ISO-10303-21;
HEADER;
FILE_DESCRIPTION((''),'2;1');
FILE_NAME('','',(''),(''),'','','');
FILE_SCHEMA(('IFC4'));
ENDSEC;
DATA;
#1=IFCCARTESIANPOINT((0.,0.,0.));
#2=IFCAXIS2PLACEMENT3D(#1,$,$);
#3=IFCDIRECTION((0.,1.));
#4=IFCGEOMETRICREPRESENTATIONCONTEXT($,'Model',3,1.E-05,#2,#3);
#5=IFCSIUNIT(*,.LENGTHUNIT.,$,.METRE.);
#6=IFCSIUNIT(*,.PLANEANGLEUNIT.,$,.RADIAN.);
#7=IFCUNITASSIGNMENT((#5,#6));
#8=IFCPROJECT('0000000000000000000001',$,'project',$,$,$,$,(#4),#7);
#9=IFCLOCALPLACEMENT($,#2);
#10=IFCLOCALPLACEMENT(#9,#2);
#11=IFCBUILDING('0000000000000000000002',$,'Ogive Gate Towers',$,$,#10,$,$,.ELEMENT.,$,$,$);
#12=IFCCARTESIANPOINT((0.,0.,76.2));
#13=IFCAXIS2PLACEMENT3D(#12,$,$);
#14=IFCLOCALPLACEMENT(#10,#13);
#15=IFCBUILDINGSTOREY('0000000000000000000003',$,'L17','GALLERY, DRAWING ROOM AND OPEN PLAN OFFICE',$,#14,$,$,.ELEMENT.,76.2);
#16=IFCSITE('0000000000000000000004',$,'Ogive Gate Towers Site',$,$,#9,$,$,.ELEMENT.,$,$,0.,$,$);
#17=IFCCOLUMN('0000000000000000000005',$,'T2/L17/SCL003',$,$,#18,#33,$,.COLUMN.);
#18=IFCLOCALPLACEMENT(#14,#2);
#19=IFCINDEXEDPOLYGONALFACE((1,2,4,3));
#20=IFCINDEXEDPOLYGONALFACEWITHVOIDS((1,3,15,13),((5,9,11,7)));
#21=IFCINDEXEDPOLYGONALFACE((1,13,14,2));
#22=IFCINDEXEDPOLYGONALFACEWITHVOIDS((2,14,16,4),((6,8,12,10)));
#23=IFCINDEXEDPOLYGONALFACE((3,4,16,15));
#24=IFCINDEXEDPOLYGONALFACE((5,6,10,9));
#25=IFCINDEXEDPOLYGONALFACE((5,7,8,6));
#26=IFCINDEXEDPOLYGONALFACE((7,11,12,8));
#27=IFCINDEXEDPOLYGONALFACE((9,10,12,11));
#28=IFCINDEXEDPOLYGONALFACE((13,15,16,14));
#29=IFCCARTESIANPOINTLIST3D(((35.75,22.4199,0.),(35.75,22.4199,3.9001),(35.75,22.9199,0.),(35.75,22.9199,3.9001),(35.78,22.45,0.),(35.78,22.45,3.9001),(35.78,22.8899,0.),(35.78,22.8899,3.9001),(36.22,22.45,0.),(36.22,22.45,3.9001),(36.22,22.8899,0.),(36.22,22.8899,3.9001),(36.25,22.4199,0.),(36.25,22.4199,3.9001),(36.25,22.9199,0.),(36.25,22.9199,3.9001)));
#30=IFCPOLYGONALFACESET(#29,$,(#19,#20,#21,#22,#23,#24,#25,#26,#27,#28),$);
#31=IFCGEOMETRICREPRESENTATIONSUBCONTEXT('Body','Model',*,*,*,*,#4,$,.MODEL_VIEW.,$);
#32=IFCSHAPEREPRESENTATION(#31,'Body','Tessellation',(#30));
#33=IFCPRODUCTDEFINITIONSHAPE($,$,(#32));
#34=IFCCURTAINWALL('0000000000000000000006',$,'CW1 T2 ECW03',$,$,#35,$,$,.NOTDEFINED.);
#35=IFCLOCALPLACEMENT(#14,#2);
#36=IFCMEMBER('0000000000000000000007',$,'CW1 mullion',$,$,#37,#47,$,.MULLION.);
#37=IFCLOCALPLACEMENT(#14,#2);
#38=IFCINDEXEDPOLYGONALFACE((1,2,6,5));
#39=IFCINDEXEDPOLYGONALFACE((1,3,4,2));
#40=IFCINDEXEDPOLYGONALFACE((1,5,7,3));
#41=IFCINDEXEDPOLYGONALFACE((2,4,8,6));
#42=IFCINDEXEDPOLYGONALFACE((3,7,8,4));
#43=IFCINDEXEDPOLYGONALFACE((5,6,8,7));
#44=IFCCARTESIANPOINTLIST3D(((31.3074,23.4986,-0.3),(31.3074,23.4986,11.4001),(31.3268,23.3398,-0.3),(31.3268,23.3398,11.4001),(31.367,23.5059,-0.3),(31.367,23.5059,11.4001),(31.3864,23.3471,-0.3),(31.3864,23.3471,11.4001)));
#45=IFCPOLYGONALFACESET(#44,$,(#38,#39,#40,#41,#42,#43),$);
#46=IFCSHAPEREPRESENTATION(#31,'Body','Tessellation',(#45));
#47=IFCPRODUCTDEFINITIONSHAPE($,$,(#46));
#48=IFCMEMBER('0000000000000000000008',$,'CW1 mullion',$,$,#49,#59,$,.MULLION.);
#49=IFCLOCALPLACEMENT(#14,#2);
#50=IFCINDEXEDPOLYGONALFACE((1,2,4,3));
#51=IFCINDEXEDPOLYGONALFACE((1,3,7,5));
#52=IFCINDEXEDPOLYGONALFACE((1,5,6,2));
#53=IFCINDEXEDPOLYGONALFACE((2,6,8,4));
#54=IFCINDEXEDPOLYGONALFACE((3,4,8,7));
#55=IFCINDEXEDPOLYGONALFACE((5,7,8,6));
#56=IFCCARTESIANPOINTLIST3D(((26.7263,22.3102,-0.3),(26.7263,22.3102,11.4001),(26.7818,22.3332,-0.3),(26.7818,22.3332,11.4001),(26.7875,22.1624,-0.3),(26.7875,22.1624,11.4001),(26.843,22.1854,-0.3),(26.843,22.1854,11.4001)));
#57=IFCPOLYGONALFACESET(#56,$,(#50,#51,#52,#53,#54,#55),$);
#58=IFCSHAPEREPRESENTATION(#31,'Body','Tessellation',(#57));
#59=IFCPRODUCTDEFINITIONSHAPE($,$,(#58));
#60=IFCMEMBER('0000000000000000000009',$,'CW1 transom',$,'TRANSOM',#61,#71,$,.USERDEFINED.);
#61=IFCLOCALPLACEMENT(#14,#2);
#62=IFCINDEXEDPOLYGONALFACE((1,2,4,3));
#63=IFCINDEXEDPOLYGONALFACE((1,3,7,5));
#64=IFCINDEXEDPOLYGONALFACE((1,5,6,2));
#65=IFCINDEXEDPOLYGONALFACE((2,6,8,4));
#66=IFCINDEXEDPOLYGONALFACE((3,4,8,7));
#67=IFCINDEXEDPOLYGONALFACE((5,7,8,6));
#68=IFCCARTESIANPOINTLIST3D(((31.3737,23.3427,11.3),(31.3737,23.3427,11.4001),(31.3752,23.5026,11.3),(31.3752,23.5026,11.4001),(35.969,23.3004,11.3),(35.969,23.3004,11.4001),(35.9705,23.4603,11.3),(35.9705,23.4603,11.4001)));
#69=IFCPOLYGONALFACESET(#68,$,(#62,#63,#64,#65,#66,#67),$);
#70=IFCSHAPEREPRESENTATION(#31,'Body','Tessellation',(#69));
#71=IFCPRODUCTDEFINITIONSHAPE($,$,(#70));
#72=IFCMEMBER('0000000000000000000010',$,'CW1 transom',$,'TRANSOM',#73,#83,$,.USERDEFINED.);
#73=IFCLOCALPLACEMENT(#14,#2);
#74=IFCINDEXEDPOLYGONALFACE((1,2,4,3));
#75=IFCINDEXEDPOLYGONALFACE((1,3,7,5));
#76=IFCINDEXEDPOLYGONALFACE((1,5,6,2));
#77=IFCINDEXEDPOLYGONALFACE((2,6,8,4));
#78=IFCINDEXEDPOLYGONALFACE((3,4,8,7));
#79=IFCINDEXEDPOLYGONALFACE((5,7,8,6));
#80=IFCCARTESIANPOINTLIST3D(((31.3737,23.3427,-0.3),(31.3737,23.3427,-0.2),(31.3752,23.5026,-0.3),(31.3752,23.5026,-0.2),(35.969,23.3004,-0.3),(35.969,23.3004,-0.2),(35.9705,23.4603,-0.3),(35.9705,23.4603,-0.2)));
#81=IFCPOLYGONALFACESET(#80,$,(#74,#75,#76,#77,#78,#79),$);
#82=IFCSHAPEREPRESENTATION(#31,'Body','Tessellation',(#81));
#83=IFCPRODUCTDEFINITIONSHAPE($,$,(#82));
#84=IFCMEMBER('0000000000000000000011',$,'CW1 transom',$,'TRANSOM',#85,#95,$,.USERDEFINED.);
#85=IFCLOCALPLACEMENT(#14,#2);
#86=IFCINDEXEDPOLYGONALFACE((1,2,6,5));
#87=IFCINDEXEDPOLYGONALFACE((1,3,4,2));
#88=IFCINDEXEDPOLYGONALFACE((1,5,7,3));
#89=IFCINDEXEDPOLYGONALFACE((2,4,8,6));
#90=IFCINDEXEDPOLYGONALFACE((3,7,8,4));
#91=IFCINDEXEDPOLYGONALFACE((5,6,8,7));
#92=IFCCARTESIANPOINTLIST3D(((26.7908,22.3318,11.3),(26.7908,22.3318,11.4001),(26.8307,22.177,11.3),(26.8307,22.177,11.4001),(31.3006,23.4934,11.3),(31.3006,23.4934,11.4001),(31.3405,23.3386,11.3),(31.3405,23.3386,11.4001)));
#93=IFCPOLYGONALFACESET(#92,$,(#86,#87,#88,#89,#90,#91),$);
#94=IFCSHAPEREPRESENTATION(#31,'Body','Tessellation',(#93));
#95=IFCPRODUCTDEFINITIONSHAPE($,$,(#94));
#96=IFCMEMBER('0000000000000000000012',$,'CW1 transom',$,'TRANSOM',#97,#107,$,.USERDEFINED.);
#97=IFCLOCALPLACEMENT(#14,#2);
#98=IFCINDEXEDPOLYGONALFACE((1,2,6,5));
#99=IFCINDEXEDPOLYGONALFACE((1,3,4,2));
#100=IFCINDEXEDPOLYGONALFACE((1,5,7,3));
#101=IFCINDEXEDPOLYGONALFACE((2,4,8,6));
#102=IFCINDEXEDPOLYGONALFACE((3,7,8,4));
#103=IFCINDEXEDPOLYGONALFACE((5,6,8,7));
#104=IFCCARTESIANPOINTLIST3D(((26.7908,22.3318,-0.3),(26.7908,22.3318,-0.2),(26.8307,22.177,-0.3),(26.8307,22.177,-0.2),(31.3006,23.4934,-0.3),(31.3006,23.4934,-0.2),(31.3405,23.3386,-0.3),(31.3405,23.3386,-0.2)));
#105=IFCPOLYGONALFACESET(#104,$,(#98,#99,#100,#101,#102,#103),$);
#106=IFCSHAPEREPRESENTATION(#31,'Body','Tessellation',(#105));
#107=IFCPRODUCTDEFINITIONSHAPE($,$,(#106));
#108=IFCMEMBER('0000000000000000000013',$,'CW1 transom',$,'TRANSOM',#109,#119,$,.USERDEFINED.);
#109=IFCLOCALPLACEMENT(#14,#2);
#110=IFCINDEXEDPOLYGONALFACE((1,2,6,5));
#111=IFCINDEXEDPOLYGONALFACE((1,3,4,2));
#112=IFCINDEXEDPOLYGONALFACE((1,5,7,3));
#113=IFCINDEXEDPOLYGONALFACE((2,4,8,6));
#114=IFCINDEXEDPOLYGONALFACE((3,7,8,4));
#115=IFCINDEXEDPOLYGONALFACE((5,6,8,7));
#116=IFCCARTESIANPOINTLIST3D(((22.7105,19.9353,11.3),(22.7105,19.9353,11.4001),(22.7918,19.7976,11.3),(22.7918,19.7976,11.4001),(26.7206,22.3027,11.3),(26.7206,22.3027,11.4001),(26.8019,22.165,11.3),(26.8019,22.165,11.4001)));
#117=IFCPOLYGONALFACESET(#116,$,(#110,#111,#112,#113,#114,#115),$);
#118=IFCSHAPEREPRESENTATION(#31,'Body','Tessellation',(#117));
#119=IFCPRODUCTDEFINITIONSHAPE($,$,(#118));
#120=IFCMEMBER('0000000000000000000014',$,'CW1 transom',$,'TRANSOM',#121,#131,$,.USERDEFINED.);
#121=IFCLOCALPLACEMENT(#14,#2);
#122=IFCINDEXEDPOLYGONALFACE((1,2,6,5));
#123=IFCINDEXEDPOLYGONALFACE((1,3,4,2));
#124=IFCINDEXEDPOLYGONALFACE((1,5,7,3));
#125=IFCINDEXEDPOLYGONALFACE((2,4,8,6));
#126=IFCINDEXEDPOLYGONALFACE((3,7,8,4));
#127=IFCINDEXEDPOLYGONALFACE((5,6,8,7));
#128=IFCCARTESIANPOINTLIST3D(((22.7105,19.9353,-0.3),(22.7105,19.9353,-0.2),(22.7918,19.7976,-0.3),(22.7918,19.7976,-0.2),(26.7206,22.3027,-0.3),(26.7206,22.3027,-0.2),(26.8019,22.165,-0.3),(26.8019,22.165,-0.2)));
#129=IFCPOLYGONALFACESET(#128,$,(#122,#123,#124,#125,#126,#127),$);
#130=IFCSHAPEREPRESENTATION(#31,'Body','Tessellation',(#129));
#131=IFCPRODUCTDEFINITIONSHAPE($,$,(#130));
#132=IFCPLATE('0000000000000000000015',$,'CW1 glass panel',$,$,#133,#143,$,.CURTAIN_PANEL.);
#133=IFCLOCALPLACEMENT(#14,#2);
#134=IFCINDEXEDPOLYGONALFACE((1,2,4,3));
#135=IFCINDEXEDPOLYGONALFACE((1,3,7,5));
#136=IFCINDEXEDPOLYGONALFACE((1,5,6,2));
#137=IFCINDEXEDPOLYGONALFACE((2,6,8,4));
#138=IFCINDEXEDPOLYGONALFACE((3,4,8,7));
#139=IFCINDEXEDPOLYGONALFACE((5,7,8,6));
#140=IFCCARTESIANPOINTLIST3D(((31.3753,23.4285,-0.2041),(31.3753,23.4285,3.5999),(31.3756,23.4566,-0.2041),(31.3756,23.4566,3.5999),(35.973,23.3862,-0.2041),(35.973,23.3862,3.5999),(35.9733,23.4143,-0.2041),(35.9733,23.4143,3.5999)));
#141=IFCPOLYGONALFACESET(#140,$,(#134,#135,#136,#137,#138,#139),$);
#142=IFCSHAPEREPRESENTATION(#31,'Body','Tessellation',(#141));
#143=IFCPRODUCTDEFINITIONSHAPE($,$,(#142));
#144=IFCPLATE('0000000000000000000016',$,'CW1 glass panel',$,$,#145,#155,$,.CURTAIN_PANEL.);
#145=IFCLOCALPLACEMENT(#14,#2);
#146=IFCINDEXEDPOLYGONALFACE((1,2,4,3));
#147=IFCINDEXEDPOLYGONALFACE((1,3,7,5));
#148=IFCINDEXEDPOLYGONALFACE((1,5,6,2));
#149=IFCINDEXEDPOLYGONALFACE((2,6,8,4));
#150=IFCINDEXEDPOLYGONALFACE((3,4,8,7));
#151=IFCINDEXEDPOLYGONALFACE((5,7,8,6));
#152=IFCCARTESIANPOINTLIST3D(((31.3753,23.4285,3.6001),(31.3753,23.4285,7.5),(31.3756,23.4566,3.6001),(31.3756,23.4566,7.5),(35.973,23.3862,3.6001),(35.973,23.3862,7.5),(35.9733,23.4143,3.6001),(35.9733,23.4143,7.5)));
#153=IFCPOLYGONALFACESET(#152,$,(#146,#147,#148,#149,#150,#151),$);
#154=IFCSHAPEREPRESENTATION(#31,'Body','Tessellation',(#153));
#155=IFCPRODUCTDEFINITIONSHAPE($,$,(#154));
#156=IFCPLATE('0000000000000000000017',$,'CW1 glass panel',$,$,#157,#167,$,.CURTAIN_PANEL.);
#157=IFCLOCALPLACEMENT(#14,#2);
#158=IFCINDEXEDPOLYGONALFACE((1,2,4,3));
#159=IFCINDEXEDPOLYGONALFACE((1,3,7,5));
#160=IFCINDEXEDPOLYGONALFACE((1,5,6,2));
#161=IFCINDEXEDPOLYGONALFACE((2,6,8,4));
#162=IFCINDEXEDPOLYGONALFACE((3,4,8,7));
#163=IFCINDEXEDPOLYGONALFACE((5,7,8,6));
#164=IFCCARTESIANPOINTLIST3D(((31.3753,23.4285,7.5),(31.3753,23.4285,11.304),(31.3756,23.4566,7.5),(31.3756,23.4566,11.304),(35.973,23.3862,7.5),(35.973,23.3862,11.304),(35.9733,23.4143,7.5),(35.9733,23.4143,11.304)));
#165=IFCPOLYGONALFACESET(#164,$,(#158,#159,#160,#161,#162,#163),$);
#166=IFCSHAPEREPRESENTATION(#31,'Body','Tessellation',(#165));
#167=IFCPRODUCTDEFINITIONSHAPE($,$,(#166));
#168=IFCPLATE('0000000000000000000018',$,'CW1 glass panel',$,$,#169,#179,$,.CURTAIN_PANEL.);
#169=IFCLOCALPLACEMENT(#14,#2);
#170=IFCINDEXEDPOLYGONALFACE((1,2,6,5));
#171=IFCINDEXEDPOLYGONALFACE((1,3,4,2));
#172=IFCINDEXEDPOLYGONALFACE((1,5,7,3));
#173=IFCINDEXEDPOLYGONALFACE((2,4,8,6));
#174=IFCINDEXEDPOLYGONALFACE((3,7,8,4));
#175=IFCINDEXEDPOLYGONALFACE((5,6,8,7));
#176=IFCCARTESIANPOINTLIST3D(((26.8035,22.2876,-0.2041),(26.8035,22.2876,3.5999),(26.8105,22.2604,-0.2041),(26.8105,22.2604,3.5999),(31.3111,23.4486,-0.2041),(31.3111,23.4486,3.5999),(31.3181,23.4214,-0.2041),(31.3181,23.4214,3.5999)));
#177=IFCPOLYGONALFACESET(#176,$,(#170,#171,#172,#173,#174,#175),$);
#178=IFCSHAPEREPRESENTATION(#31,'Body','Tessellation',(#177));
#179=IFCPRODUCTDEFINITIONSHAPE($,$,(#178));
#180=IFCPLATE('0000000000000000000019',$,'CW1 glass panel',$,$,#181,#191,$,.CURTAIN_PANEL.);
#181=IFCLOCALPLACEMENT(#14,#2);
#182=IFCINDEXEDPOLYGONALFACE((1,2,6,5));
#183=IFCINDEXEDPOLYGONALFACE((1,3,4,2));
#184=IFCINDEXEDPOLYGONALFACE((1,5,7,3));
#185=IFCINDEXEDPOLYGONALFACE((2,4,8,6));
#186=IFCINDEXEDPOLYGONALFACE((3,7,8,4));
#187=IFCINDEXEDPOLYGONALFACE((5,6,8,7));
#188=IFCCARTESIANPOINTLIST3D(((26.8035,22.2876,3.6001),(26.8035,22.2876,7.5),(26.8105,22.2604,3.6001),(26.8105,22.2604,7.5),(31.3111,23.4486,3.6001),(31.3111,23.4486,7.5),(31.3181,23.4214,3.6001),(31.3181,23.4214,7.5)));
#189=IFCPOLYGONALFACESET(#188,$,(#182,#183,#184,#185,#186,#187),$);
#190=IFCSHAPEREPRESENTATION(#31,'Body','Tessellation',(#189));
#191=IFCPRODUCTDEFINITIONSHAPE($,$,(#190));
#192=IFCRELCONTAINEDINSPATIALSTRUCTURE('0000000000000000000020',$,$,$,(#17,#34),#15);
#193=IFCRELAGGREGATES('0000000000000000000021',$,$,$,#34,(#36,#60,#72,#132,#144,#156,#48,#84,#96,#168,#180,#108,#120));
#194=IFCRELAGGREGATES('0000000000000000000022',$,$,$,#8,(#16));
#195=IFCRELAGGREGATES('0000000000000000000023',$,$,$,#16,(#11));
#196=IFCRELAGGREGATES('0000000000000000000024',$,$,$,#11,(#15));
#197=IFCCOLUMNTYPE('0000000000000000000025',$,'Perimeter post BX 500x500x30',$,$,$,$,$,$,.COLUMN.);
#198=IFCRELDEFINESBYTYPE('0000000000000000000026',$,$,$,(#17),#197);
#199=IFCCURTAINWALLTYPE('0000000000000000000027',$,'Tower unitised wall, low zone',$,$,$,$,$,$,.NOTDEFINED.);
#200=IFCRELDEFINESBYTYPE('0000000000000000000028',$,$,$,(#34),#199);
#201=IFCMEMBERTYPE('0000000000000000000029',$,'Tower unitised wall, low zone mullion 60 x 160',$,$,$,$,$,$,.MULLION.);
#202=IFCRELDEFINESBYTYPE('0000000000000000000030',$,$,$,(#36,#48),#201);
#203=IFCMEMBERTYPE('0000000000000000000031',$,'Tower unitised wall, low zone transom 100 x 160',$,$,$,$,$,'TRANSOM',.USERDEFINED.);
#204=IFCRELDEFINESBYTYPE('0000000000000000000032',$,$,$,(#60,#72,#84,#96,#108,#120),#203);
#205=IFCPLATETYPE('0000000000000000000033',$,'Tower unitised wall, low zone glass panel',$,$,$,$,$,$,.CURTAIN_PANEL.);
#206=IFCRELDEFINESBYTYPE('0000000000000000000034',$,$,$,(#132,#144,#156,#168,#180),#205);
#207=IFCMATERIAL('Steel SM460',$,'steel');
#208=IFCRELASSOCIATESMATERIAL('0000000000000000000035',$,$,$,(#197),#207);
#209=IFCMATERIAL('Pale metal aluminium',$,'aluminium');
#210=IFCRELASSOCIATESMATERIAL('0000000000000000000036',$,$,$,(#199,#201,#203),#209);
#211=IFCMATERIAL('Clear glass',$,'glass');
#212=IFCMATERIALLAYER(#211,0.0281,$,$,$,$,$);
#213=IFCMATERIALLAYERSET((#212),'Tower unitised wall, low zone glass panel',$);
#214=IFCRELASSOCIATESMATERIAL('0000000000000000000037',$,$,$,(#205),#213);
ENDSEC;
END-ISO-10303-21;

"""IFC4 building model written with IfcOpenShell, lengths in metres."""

from ifc_helpers import new_model, si_unit, direction, frame, origin, origin_2d, place, context, subcontext, project, spatial, rectangle, hollow_rectangle, extrude, material, layer, layer_set, material_profile, profile_set, type_object, element, aggregate, save


model = new_model("IFC4")

# Units and contexts
model_context = context("Model", 3, precision=1e-05, world=origin(), true_north=direction((0.0, 1.0)))
body_context = subcontext(model_context, "Body", "Model", "MODEL_VIEW")
ifc_project = project(units=[si_unit("LENGTHUNIT", "METRE"), si_unit("PLANEANGLEUNIT", "RADIAN")], contexts=[model_context])

# Site, building, storey
site_placement = place(None, origin())
site = spatial("IfcSite", under=ifc_project, at=site_placement, Name="Ogive Gate Towers Site", CompositionType="ELEMENT", RefElevation=0.0)
building_placement = place(site_placement, origin())
building = spatial("IfcBuilding", under=site, at=building_placement, Name="Ogive Gate Towers", CompositionType="ELEMENT")
storey_placement = place(building_placement, frame((0.0, 0.0, 76.2)))
storey = spatial("IfcBuildingStorey", under=building, at=storey_placement, Name="L17", Description="GALLERY, DRAWING ROOM AND OPEN PLAN OFFICE", CompositionType="ELEMENT", Elevation=76.2)

# Column
ifc_material_1 = material(Name="Steel SM460", Category="steel")
ifc_material_profile_1 = material_profile(ifc_material_1, hollow_rectangle(XDim=0.5, YDim=0.5, WallThickness=0.03, at=origin_2d()), Name="BX 500x500x30")
ifc_profile_set_1 = profile_set([ifc_material_profile_1], Name="Steel SM460")
column_type = type_object("IfcColumnType", Name="Perimeter post BX 500x500x30", PredefinedType="COLUMN", material=ifc_profile_set_1)
column_placement = place(storey_placement, frame((36.0, 22.6699, 0.0), z_axis=(0.0, 0.0, 1.0), x_axis=(1.0, 0.0, 0.0)))
element("IfcColumn", 1, at=column_placement, inside=storey, type_object=column_type, Name="T2/L17/SCL003", PredefinedType="COLUMN", context=body_context, shape_type="SweptSolid", body=[
    extrude(hollow_rectangle(XDim=0.5, YDim=0.5, WallThickness=0.03, at=origin_2d()), origin(), (0.0, 0.0, 1.0), 3.9001),
])

# Curtain wall, members, plates
ifc_material_2 = material(Name="Pale metal aluminium", Category="aluminium")
curtain_wall_type = type_object("IfcCurtainWallType", Name="Tower unitised wall, low zone", PredefinedType="NOTDEFINED", material=ifc_material_2)
curtain_wall_placement = place(storey_placement, origin())
curtain_wall = element("IfcCurtainWall", 2, at=curtain_wall_placement, inside=storey, type_object=curtain_wall_type, Name="CW1 T2 ECW03", PredefinedType="NOTDEFINED")
ifc_material_profile_2 = material_profile(ifc_material_2, rectangle(XDim=0.1599, YDim=0.0601, at=origin_2d()), Name="60 x 160 aluminium box")
ifc_profile_set_2 = profile_set([ifc_material_profile_2], Name="Pale metal aluminium")
member_type_1 = type_object("IfcMemberType", Name="Tower unitised wall, low zone mullion 60 x 160", PredefinedType="MULLION", material=ifc_profile_set_2)
member_1_placement = place(storey_placement, frame((31.3469, 23.4229, -0.3), z_axis=(0.0, 0.0, 1.0), x_axis=(-0.121142, 0.992635, 0.0)))
member_1 = element("IfcMember", 3, at=member_1_placement, type_object=member_type_1, Name="CW1 mullion", PredefinedType="MULLION", context=body_context, shape_type="SweptSolid", body=[
    extrude(rectangle(XDim=0.1599, YDim=0.0601, at=origin_2d()), origin(), (0.0, 0.0, 1.0), 11.7002),
])
member_2_placement = place(storey_placement, frame((26.7847, 22.2478, -0.3), z_axis=(0.0, 0.0, 1.0), x_axis=(-0.382683, 0.92388, 0.0)))
member_2 = element("IfcMember", 4, at=member_2_placement, type_object=member_type_1, Name="CW1 mullion", PredefinedType="MULLION", context=body_context, shape_type="SweptSolid", body=[
    extrude(rectangle(XDim=0.1599, YDim=0.0601, at=origin_2d()), origin(), (0.0, 0.0, 1.0), 11.7002),
])
ifc_material_profile_3 = material_profile(ifc_material_2, rectangle(XDim=0.1599, YDim=0.1001, at=origin_2d()), Name="100 x 160 aluminium box")
ifc_profile_set_3 = profile_set([ifc_material_profile_3], Name="Pale metal aluminium")
member_type_2 = type_object("IfcMemberType", Name="Tower unitised wall, low zone transom 100 x 160", ElementType="TRANSOM", PredefinedType="USERDEFINED", material=ifc_profile_set_3)
member_3_placement = place(storey_placement, frame((35.9697, 23.3804, 11.3501), z_axis=(-0.999958, 0.009191, 0.0), x_axis=(-0.009191, -0.999958, 0.0)))
member_3 = element("IfcMember", 5, at=member_3_placement, type_object=member_type_2, Name="CW1 transom", ObjectType="TRANSOM", PredefinedType="USERDEFINED", context=body_context, shape_type="SweptSolid", body=[
    extrude(rectangle(XDim=0.1599, YDim=0.1001, at=origin_2d()), origin(), (0.0, 0.0, 1.0), 4.5955),
])
member_4_placement = place(storey_placement, frame((35.9697, 23.3804, -0.25), z_axis=(-0.999958, 0.009191, 0.0), x_axis=(-0.009191, -0.999958, 0.0)))
member_4 = element("IfcMember", 6, at=member_4_placement, type_object=member_type_2, Name="CW1 transom", ObjectType="TRANSOM", PredefinedType="USERDEFINED", context=body_context, shape_type="SweptSolid", body=[
    extrude(rectangle(XDim=0.1599, YDim=0.1001, at=origin_2d()), origin(), (0.0, 0.0, 1.0), 4.5955),
])
member_5_placement = place(storey_placement, frame((31.3206, 23.416, 11.3501), z_axis=(-0.968391, -0.249437, 0.0), x_axis=(0.249437, -0.968391, 0.0)))
member_5 = element("IfcMember", 7, at=member_5_placement, type_object=member_type_2, Name="CW1 transom", ObjectType="TRANSOM", PredefinedType="USERDEFINED", context=body_context, shape_type="SweptSolid", body=[
    extrude(rectangle(XDim=0.1599, YDim=0.1001, at=origin_2d()), origin(), (0.0, 0.0, 1.0), 4.657),
])
member_6_placement = place(storey_placement, frame((31.3206, 23.416, -0.25), z_axis=(-0.968391, -0.249437, 0.0), x_axis=(0.249437, -0.968391, 0.0)))
member_6 = element("IfcMember", 8, at=member_6_placement, type_object=member_type_2, Name="CW1 transom", ObjectType="TRANSOM", PredefinedType="USERDEFINED", context=body_context, shape_type="SweptSolid", body=[
    extrude(rectangle(XDim=0.1599, YDim=0.1001, at=origin_2d()), origin(), (0.0, 0.0, 1.0), 4.657),
])
member_7_placement = place(storey_placement, frame((26.7612, 22.2339, 11.3501), z_axis=(-0.861126, -0.508392, 0.0), x_axis=(0.508392, -0.861126, 0.0)))
member_7 = element("IfcMember", 9, at=member_7_placement, type_object=member_type_2, Name="CW1 transom", ObjectType="TRANSOM", PredefinedType="USERDEFINED", context=body_context, shape_type="SweptSolid", body=[
    extrude(rectangle(XDim=0.1599, YDim=0.1001, at=origin_2d()), origin(), (0.0, 0.0, 1.0), 4.6567),
])
member_8_placement = place(storey_placement, frame((26.7612, 22.2339, -0.25), z_axis=(-0.861126, -0.508392, 0.0), x_axis=(0.508392, -0.861126, 0.0)))
member_8 = element("IfcMember", 10, at=member_8_placement, type_object=member_type_2, Name="CW1 transom", ObjectType="TRANSOM", PredefinedType="USERDEFINED", context=body_context, shape_type="SweptSolid", body=[
    extrude(rectangle(XDim=0.1599, YDim=0.1001, at=origin_2d()), origin(), (0.0, 0.0, 1.0), 4.6567),
])
ifc_material_3 = material(Name="Clear glass", Category="glass")
ifc_layer_1 = layer(ifc_material_3, 0.0281)
ifc_layer_set_1 = layer_set([ifc_layer_1], Name="Tower unitised wall, low zone glass panel")
plate_type = type_object("IfcPlateType", Name="Tower unitised wall, low zone glass panel", PredefinedType="CURTAIN_PANEL", material=ifc_layer_set_1)
plate_1_placement = place(storey_placement, frame((33.6743, 23.4214, -0.2041), z_axis=(0.0, 0.0, 1.0), x_axis=(-0.999958, 0.009198, 0.0)))
plate_1 = element("IfcPlate", 11, at=plate_1_placement, type_object=plate_type, Name="CW1 glass panel", PredefinedType="CURTAIN_PANEL", context=body_context, shape_type="SweptSolid", body=[
    extrude(rectangle(XDim=4.5979, YDim=0.0281, at=origin_2d()), origin(), (0.0, 0.0, 1.0), 3.804),
])
plate_2_placement = place(storey_placement, frame((33.6743, 23.4214, 3.6001), z_axis=(0.0, 0.0, 1.0), x_axis=(-0.999958, 0.009198, 0.0)))
plate_2 = element("IfcPlate", 12, at=plate_2_placement, type_object=plate_type, Name="CW1 glass panel", PredefinedType="CURTAIN_PANEL", context=body_context, shape_type="SweptSolid", body=[
    extrude(rectangle(XDim=4.5979, YDim=0.0281, at=origin_2d()), origin(), (0.0, 0.0, 1.0), 3.8999),
])
plate_3_placement = place(storey_placement, frame((33.6743, 23.4214, 7.5), z_axis=(0.0, 0.0, 1.0), x_axis=(-0.999958, 0.009198, 0.0)))
plate_3 = element("IfcPlate", 13, at=plate_3_placement, type_object=plate_type, Name="CW1 glass panel", PredefinedType="CURTAIN_PANEL", context=body_context, shape_type="SweptSolid", body=[
    extrude(rectangle(XDim=4.5979, YDim=0.0281, at=origin_2d()), origin(), (0.0, 0.0, 1.0), 3.804),
])
plate_4_placement = place(storey_placement, frame((29.0608, 22.8545, -0.2041), z_axis=(0.0, 0.0, 1.0), x_axis=(-0.968396, -0.249417, 0.0)))
plate_4 = element("IfcPlate", 14, at=plate_4_placement, type_object=plate_type, Name="CW1 glass panel", PredefinedType="CURTAIN_PANEL", context=body_context, shape_type="SweptSolid", body=[
    extrude(rectangle(XDim=4.6548, YDim=0.0281, at=origin_2d()), origin(), (0.0, 0.0, 1.0), 3.804),
])
plate_5_placement = place(storey_placement, frame((29.0608, 22.8545, 3.6001), z_axis=(0.0, 0.0, 1.0), x_axis=(-0.968396, -0.249417, 0.0)))
plate_5 = element("IfcPlate", 15, at=plate_5_placement, type_object=plate_type, Name="CW1 glass panel", PredefinedType="CURTAIN_PANEL", context=body_context, shape_type="SweptSolid", body=[
    extrude(rectangle(XDim=4.6548, YDim=0.0281, at=origin_2d()), origin(), (0.0, 0.0, 1.0), 3.8999),
])
aggregate(curtain_wall, [member_1, member_3, member_4, plate_1, plate_2, plate_3, member_2, member_5, member_6, plate_4, plate_5, member_7, member_8])

save(model, "model.ifc")
